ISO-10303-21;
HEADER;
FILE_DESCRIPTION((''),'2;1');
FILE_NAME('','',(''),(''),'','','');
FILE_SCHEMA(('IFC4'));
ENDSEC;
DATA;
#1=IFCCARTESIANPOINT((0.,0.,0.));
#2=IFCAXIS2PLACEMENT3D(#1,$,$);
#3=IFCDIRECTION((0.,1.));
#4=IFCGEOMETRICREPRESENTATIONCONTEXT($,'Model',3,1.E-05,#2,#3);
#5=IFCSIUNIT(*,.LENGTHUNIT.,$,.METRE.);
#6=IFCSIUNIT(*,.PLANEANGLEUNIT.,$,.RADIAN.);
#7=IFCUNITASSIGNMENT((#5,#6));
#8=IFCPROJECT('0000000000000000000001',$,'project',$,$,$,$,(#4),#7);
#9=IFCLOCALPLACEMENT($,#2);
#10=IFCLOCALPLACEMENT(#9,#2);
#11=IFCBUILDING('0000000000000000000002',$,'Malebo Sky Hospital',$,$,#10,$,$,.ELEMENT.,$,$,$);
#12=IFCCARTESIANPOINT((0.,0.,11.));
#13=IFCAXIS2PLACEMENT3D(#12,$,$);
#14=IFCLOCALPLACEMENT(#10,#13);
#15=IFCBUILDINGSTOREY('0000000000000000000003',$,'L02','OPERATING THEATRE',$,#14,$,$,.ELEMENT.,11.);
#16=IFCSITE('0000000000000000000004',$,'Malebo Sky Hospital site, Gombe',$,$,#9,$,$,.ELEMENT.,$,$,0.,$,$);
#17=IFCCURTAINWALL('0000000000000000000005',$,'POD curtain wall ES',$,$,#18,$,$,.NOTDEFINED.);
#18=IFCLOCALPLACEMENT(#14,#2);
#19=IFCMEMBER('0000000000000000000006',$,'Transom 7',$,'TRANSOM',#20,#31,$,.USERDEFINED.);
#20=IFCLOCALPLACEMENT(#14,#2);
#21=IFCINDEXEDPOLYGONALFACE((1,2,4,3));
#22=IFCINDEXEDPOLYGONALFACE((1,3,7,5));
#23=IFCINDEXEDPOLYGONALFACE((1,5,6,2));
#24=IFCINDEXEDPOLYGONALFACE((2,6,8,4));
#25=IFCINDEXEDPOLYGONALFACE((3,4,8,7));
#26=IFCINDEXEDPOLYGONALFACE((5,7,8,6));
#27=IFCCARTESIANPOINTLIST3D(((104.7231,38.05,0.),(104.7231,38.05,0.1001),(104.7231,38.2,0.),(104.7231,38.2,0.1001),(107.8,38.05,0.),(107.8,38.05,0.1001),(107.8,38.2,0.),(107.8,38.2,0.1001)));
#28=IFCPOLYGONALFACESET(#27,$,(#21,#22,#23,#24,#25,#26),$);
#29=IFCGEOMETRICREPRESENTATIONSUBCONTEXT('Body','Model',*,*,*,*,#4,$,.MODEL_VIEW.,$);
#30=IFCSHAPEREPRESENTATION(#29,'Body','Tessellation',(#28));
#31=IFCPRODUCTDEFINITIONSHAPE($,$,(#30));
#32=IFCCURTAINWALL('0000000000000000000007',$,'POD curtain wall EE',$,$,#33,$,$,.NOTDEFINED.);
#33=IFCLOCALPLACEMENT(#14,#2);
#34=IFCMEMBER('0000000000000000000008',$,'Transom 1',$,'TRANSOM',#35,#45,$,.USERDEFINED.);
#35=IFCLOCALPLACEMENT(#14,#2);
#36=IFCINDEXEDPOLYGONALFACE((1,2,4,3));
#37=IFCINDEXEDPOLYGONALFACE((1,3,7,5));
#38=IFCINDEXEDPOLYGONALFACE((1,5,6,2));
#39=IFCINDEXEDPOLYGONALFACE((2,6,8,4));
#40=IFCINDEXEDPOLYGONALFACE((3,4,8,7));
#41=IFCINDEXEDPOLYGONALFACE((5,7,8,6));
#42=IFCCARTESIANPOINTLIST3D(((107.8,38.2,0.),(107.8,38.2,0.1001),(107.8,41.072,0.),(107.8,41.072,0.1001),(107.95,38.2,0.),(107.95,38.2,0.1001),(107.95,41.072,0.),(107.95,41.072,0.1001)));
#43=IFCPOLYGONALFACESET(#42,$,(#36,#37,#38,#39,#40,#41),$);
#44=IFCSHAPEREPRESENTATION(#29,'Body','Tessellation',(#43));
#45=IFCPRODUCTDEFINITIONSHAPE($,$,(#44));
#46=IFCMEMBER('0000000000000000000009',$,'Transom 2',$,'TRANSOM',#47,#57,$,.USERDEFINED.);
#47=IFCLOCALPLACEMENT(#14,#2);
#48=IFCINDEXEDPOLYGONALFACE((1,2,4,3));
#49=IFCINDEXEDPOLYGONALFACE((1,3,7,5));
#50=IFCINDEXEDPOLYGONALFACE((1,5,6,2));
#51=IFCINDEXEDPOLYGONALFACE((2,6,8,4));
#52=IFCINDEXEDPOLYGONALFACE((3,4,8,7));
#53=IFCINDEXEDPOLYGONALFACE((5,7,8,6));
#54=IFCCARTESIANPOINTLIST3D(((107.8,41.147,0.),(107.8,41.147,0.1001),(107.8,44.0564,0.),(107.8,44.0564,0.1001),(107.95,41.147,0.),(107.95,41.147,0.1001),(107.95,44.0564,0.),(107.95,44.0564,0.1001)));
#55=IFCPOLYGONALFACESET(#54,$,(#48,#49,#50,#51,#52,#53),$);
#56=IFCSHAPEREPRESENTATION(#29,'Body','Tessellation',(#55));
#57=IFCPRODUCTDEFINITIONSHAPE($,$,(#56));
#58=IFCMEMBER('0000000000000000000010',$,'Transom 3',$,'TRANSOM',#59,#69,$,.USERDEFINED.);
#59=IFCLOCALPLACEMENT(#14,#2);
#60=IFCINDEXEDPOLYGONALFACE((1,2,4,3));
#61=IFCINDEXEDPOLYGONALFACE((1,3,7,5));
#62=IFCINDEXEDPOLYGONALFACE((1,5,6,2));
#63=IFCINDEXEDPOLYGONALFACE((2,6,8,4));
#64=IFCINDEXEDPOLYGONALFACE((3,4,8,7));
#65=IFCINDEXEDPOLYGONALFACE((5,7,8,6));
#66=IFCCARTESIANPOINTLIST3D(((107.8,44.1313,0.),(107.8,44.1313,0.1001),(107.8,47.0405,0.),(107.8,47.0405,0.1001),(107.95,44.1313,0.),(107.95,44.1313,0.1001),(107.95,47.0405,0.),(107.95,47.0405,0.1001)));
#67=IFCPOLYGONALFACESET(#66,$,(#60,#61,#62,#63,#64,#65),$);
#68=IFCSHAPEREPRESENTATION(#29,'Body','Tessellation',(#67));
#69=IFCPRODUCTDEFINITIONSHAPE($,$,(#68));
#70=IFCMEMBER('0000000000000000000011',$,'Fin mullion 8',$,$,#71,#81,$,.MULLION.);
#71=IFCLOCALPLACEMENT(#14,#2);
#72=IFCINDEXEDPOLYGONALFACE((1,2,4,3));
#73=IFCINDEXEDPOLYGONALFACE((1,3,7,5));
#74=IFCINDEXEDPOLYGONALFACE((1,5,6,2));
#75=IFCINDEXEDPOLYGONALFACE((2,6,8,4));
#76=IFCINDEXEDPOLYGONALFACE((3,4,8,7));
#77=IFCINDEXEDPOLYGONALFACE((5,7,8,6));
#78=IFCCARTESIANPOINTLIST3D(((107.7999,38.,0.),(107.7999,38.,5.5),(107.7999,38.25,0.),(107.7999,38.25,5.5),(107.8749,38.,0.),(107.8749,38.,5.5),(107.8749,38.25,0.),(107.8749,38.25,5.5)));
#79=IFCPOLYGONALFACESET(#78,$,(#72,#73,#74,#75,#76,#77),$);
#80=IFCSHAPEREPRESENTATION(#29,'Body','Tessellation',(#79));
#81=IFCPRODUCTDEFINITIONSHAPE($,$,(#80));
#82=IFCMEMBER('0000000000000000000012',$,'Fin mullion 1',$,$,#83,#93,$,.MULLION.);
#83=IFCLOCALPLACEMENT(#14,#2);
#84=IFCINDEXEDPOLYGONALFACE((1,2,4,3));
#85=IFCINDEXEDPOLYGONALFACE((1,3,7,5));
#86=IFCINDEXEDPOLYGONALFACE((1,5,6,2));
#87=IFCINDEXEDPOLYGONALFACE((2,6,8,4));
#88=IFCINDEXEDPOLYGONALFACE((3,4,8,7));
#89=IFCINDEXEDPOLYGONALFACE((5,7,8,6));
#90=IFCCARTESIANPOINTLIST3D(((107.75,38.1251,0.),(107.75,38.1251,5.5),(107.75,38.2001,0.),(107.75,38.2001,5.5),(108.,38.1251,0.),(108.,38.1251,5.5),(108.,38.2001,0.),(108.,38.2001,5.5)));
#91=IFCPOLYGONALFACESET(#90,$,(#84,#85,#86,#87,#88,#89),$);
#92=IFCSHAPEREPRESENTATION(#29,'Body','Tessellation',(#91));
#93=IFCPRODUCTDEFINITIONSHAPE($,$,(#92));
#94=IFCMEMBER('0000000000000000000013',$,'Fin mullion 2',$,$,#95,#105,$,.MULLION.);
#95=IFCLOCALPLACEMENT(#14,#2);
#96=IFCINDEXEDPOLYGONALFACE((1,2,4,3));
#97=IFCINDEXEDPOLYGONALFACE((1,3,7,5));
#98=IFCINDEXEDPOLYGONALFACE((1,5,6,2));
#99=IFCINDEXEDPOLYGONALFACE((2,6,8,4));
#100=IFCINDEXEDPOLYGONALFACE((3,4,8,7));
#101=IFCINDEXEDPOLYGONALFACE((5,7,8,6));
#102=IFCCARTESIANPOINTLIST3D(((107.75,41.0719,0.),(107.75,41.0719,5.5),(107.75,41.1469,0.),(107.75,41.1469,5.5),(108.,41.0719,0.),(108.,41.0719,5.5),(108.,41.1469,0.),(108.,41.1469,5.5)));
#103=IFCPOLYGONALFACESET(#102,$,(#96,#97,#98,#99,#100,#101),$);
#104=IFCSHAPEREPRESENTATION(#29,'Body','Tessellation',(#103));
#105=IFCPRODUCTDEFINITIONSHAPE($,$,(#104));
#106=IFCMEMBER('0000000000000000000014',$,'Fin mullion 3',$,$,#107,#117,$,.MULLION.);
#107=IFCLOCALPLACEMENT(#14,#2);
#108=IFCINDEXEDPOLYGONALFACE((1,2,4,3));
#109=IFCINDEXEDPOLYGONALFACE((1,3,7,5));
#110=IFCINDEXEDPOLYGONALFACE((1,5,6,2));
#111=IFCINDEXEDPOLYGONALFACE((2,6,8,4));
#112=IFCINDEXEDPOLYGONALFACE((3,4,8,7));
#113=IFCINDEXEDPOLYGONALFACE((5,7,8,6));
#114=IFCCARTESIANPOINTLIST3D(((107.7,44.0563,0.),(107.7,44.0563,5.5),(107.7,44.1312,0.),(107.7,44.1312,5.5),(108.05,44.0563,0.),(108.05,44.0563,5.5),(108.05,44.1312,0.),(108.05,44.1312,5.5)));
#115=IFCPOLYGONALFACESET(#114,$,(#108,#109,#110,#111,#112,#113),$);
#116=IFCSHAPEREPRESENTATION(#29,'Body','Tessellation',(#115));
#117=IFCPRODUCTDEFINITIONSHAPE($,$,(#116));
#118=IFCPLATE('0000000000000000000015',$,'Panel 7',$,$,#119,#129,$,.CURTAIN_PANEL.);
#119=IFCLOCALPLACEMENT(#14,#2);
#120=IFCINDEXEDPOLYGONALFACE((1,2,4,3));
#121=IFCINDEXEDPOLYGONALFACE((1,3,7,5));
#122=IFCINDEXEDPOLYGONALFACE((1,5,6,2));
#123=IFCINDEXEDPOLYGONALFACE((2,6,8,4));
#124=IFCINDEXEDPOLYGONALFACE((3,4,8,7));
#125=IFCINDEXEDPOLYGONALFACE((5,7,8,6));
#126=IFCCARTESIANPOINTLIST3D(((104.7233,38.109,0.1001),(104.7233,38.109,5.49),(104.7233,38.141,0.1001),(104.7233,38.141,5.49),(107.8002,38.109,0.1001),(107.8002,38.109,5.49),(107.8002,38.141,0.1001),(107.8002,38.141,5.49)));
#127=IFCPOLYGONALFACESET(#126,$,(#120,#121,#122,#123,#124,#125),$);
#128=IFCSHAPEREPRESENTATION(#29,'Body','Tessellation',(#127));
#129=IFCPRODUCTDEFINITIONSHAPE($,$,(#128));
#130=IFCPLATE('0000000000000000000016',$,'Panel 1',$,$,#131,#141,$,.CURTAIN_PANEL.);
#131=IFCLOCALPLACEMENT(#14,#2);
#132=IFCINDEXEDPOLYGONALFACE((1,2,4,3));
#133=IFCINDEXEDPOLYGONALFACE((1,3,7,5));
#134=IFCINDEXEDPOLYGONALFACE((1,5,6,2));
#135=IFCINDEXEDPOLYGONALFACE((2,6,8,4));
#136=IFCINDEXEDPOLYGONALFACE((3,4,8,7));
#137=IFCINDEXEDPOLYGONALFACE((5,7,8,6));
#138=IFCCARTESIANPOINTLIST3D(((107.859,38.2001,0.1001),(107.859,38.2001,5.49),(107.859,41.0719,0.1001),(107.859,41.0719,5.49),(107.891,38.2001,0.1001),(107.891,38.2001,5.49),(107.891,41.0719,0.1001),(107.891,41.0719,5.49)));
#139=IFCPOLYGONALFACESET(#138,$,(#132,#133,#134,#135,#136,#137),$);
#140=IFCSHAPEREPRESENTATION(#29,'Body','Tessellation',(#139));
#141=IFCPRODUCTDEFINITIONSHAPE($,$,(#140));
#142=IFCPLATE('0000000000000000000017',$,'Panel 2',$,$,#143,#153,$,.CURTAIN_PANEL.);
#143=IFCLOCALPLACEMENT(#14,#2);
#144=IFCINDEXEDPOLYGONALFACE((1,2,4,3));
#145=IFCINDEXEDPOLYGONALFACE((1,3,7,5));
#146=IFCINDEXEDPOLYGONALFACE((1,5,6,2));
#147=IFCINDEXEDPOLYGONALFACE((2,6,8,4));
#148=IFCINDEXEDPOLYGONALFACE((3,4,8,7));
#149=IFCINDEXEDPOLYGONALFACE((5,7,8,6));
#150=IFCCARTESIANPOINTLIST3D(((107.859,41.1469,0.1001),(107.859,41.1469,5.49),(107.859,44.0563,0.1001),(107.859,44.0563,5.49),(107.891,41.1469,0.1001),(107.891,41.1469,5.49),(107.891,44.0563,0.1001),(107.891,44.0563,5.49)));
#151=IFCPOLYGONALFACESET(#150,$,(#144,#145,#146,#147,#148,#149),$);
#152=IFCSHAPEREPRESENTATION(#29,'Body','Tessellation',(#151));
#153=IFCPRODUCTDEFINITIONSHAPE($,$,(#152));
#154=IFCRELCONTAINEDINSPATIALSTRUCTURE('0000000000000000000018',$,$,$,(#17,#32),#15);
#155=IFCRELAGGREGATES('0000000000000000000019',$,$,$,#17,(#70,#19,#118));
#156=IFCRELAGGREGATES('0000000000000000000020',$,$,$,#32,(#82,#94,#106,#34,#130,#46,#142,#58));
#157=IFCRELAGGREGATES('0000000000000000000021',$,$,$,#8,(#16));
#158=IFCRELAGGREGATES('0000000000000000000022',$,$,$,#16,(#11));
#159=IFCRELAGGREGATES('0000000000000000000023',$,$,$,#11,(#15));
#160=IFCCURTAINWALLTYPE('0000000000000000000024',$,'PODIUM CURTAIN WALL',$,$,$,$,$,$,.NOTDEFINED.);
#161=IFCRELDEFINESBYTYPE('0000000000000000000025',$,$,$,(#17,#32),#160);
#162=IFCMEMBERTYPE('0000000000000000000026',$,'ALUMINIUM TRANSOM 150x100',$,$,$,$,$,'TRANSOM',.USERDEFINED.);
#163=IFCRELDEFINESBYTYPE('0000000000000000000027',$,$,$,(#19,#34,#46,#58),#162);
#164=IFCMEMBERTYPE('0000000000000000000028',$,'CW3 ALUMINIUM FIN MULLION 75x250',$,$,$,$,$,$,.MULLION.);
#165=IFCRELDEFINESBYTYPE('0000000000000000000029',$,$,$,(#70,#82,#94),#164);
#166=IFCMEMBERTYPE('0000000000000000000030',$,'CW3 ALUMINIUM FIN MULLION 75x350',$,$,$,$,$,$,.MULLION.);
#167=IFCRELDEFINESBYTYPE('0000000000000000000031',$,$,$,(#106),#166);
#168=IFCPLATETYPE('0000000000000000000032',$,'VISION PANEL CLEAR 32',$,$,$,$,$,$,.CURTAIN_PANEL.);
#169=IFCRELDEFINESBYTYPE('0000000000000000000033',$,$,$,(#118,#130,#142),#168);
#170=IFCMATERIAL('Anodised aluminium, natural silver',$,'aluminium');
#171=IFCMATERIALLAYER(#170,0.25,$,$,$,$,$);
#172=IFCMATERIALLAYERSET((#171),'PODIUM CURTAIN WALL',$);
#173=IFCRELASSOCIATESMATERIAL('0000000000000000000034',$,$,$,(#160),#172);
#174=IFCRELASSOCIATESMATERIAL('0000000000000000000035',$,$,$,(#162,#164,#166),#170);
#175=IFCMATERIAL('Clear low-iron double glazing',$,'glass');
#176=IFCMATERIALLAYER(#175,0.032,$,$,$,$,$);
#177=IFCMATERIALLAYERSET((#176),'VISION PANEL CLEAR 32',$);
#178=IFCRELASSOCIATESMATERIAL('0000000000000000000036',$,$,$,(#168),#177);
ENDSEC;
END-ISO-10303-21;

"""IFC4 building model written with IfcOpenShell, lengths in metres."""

from ifc_helpers import new_model, si_unit, direction, frame, origin, origin_2d, place, context, subcontext, project, spatial, rectangle, extrude, material, layer, layer_set, material_profile, profile_set, type_object, element, aggregate, save


model = new_model("IFC4")

# Units and contexts
model_context = context("Model", 3, precision=1e-05, world=origin(), true_north=direction((0.0, 1.0)))
body_context = subcontext(model_context, "Body", "Model", "MODEL_VIEW")
ifc_project = project(units=[si_unit("LENGTHUNIT", "METRE"), si_unit("PLANEANGLEUNIT", "RADIAN")], contexts=[model_context])

# Site, building, storey
site_placement = place(None, origin())
site = spatial("IfcSite", under=ifc_project, at=site_placement, Name="Malebo Sky Hospital site, Gombe", CompositionType="ELEMENT", RefElevation=0.0)
building_placement = place(site_placement, origin())
building = spatial("IfcBuilding", under=site, at=building_placement, Name="Malebo Sky Hospital", CompositionType="ELEMENT")
storey_placement = place(building_placement, frame((0.0, 0.0, 11.0)))
storey = spatial("IfcBuildingStorey", under=building, at=storey_placement, Name="L02", Description="OPERATING THEATRE", CompositionType="ELEMENT", Elevation=11.0)

# Curtain wall, member
ifc_material_1 = material(Name="Anodised aluminium, natural silver", Category="aluminium")
ifc_layer_1 = layer(ifc_material_1, 0.25)
ifc_layer_set_1 = layer_set([ifc_layer_1], Name="PODIUM CURTAIN WALL")
curtain_wall_type = type_object("IfcCurtainWallType", Name="PODIUM CURTAIN WALL", PredefinedType="NOTDEFINED", material=ifc_layer_set_1)
curtain_wall_1_placement = place(storey_placement, origin())
curtain_wall_1 = element("IfcCurtainWall", 1, at=curtain_wall_1_placement, inside=storey, type_object=curtain_wall_type, Name="POD curtain wall ES", PredefinedType="NOTDEFINED")
ifc_material_profile_1 = material_profile(ifc_material_1, rectangle(XDim=0.1499, YDim=0.1001, at=origin_2d()), Name="ALUMINIUM TRANSOM 150x100")
ifc_profile_set_1 = profile_set([ifc_material_profile_1], Name="Anodised aluminium, natural silver")
member_type_1 = type_object("IfcMemberType", Name="ALUMINIUM TRANSOM 150x100", ElementType="TRANSOM", PredefinedType="USERDEFINED", material=ifc_profile_set_1)
member_1_placement = place(storey_placement, frame((104.7231, 38.125, 0.05), z_axis=(1.0, 0.0, 0.0), x_axis=(0.0, 1.0, 0.0)))
member_1 = element("IfcMember", 2, at=member_1_placement, type_object=member_type_1, Name="Transom 7", ObjectType="TRANSOM", PredefinedType="USERDEFINED", context=body_context, shape_type="SweptSolid", body=[
    extrude(rectangle(XDim=0.1499, YDim=0.1001, at=origin_2d()), origin(), (0.0, 0.0, 1.0), 3.0769),
])

# Curtain wall, members
curtain_wall_2_placement = place(storey_placement, origin())
curtain_wall_2 = element("IfcCurtainWall", 3, at=curtain_wall_2_placement, inside=storey, type_object=curtain_wall_type, Name="POD curtain wall EE", PredefinedType="NOTDEFINED")
member_2_placement = place(storey_placement, frame((107.875, 38.2, 0.05), z_axis=(0.0, 1.0, 0.0), x_axis=(-1.0, 0.0, 0.0)))
member_2 = element("IfcMember", 4, at=member_2_placement, type_object=member_type_1, Name="Transom 1", ObjectType="TRANSOM", PredefinedType="USERDEFINED", context=body_context, shape_type="SweptSolid", body=[
    extrude(rectangle(XDim=0.1499, YDim=0.1001, at=origin_2d()), origin(), (0.0, 0.0, 1.0), 2.8721),
])
member_3_placement = place(storey_placement, frame((107.875, 41.147, 0.05), z_axis=(0.0, 1.0, 0.0), x_axis=(-1.0, 0.0, 0.0)))
member_3 = element("IfcMember", 5, at=member_3_placement, type_object=member_type_1, Name="Transom 2", ObjectType="TRANSOM", PredefinedType="USERDEFINED", context=body_context, shape_type="SweptSolid", body=[
    extrude(rectangle(XDim=0.1499, YDim=0.1001, at=origin_2d()), origin(), (0.0, 0.0, 1.0), 2.9094),
])
member_4_placement = place(storey_placement, frame((107.875, 44.1313, 0.05), z_axis=(0.0, 1.0, 0.0), x_axis=(-1.0, 0.0, 0.0)))
member_4 = element("IfcMember", 6, at=member_4_placement, type_object=member_type_1, Name="Transom 3", ObjectType="TRANSOM", PredefinedType="USERDEFINED", context=body_context, shape_type="SweptSolid", body=[
    extrude(rectangle(XDim=0.1499, YDim=0.1001, at=origin_2d()), origin(), (0.0, 0.0, 1.0), 2.9092),
])

# Members
ifc_material_profile_2 = material_profile(ifc_material_1, rectangle(XDim=0.075, YDim=0.25, at=origin_2d()), Name="CW3 ALUMINIUM FIN MULLION 75x250")
ifc_profile_set_2 = profile_set([ifc_material_profile_2], Name="Anodised aluminium, natural silver")
member_type_2 = type_object("IfcMemberType", Name="CW3 ALUMINIUM FIN MULLION 75x250", PredefinedType="MULLION", material=ifc_profile_set_2)
member_5_placement = place(storey_placement, frame((107.8374, 38.125, 0.0), z_axis=(0.0, 0.0, 1.0), x_axis=(1.0, 0.0, 0.0)))
member_5 = element("IfcMember", 7, at=member_5_placement, type_object=member_type_2, Name="Fin mullion 8", PredefinedType="MULLION", context=body_context, shape_type="SweptSolid", body=[
    extrude(rectangle(XDim=0.075, YDim=0.25, at=origin_2d()), origin(), (0.0, 0.0, 1.0), 5.5),
])
member_6_placement = place(storey_placement, frame((107.875, 38.1626, 0.0), z_axis=(0.0, 0.0, 1.0), x_axis=(0.0, 1.0, 0.0)))
member_6 = element("IfcMember", 8, at=member_6_placement, type_object=member_type_2, Name="Fin mullion 1", PredefinedType="MULLION", context=body_context, shape_type="SweptSolid", body=[
    extrude(rectangle(XDim=0.075, YDim=0.25, at=origin_2d()), origin(), (0.0, 0.0, 1.0), 5.5),
])
member_7_placement = place(storey_placement, frame((107.875, 41.1094, 0.0), z_axis=(0.0, 0.0, 1.0), x_axis=(0.0, 1.0, 0.0)))
member_7 = element("IfcMember", 9, at=member_7_placement, type_object=member_type_2, Name="Fin mullion 2", PredefinedType="MULLION", context=body_context, shape_type="SweptSolid", body=[
    extrude(rectangle(XDim=0.075, YDim=0.25, at=origin_2d()), origin(), (0.0, 0.0, 1.0), 5.5),
])
ifc_material_profile_3 = material_profile(ifc_material_1, rectangle(XDim=0.075, YDim=0.3501, at=origin_2d()), Name="CW3 ALUMINIUM FIN MULLION 75x350")
ifc_profile_set_3 = profile_set([ifc_material_profile_3], Name="Anodised aluminium, natural silver")
member_type_3 = type_object("IfcMemberType", Name="CW3 ALUMINIUM FIN MULLION 75x350", PredefinedType="MULLION", material=ifc_profile_set_3)
member_8_placement = place(storey_placement, frame((107.875, 44.0938, 0.0), z_axis=(0.0, 0.0, 1.0), x_axis=(0.0, 1.0, 0.0)))
member_8 = element("IfcMember", 10, at=member_8_placement, type_object=member_type_3, Name="Fin mullion 3", PredefinedType="MULLION", context=body_context, shape_type="SweptSolid", body=[
    extrude(rectangle(XDim=0.075, YDim=0.3501, at=origin_2d()), origin(), (0.0, 0.0, 1.0), 5.5),
])

# Plates
ifc_material_2 = material(Name="Clear low-iron double glazing", Category="glass")
ifc_layer_2 = layer(ifc_material_2, 0.032)
ifc_layer_set_2 = layer_set([ifc_layer_2], Name="VISION PANEL CLEAR 32")
plate_type = type_object("IfcPlateType", Name="VISION PANEL CLEAR 32", PredefinedType="CURTAIN_PANEL", material=ifc_layer_set_2)
plate_1_placement = place(storey_placement, frame((106.2617, 38.125, 0.1001), z_axis=(0.0, 0.0, 1.0), x_axis=(1.0, 0.0, 0.0)))
plate_1 = element("IfcPlate", 11, at=plate_1_placement, type_object=plate_type, Name="Panel 7", PredefinedType="CURTAIN_PANEL", context=body_context, shape_type="SweptSolid", body=[
    extrude(rectangle(XDim=3.0769, YDim=0.032, at=origin_2d()), origin(), (0.0, 0.0, 1.0), 5.3899),
])
aggregate(curtain_wall_1, [member_5, member_1, plate_1])
plate_2_placement = place(storey_placement, frame((107.875, 39.636, 0.1001), z_axis=(0.0, 0.0, 1.0), x_axis=(0.0, 1.0, 0.0)))
plate_2 = element("IfcPlate", 12, at=plate_2_placement, type_object=plate_type, Name="Panel 1", PredefinedType="CURTAIN_PANEL", context=body_context, shape_type="SweptSolid", body=[
    extrude(rectangle(XDim=2.8718, YDim=0.032, at=origin_2d()), origin(), (0.0, 0.0, 1.0), 5.3899),
])
plate_3_placement = place(storey_placement, frame((107.875, 42.6016, 0.1001), z_axis=(0.0, 0.0, 1.0), x_axis=(0.0, 1.0, 0.0)))
plate_3 = element("IfcPlate", 13, at=plate_3_placement, type_object=plate_type, Name="Panel 2", PredefinedType="CURTAIN_PANEL", context=body_context, shape_type="SweptSolid", body=[
    extrude(rectangle(XDim=2.9094, YDim=0.032, at=origin_2d()), origin(), (0.0, 0.0, 1.0), 5.3899),
])
aggregate(curtain_wall_2, [member_6, member_7, member_8, member_2, plate_2, member_3, plate_3, member_4])

save(model, "model.ifc")
